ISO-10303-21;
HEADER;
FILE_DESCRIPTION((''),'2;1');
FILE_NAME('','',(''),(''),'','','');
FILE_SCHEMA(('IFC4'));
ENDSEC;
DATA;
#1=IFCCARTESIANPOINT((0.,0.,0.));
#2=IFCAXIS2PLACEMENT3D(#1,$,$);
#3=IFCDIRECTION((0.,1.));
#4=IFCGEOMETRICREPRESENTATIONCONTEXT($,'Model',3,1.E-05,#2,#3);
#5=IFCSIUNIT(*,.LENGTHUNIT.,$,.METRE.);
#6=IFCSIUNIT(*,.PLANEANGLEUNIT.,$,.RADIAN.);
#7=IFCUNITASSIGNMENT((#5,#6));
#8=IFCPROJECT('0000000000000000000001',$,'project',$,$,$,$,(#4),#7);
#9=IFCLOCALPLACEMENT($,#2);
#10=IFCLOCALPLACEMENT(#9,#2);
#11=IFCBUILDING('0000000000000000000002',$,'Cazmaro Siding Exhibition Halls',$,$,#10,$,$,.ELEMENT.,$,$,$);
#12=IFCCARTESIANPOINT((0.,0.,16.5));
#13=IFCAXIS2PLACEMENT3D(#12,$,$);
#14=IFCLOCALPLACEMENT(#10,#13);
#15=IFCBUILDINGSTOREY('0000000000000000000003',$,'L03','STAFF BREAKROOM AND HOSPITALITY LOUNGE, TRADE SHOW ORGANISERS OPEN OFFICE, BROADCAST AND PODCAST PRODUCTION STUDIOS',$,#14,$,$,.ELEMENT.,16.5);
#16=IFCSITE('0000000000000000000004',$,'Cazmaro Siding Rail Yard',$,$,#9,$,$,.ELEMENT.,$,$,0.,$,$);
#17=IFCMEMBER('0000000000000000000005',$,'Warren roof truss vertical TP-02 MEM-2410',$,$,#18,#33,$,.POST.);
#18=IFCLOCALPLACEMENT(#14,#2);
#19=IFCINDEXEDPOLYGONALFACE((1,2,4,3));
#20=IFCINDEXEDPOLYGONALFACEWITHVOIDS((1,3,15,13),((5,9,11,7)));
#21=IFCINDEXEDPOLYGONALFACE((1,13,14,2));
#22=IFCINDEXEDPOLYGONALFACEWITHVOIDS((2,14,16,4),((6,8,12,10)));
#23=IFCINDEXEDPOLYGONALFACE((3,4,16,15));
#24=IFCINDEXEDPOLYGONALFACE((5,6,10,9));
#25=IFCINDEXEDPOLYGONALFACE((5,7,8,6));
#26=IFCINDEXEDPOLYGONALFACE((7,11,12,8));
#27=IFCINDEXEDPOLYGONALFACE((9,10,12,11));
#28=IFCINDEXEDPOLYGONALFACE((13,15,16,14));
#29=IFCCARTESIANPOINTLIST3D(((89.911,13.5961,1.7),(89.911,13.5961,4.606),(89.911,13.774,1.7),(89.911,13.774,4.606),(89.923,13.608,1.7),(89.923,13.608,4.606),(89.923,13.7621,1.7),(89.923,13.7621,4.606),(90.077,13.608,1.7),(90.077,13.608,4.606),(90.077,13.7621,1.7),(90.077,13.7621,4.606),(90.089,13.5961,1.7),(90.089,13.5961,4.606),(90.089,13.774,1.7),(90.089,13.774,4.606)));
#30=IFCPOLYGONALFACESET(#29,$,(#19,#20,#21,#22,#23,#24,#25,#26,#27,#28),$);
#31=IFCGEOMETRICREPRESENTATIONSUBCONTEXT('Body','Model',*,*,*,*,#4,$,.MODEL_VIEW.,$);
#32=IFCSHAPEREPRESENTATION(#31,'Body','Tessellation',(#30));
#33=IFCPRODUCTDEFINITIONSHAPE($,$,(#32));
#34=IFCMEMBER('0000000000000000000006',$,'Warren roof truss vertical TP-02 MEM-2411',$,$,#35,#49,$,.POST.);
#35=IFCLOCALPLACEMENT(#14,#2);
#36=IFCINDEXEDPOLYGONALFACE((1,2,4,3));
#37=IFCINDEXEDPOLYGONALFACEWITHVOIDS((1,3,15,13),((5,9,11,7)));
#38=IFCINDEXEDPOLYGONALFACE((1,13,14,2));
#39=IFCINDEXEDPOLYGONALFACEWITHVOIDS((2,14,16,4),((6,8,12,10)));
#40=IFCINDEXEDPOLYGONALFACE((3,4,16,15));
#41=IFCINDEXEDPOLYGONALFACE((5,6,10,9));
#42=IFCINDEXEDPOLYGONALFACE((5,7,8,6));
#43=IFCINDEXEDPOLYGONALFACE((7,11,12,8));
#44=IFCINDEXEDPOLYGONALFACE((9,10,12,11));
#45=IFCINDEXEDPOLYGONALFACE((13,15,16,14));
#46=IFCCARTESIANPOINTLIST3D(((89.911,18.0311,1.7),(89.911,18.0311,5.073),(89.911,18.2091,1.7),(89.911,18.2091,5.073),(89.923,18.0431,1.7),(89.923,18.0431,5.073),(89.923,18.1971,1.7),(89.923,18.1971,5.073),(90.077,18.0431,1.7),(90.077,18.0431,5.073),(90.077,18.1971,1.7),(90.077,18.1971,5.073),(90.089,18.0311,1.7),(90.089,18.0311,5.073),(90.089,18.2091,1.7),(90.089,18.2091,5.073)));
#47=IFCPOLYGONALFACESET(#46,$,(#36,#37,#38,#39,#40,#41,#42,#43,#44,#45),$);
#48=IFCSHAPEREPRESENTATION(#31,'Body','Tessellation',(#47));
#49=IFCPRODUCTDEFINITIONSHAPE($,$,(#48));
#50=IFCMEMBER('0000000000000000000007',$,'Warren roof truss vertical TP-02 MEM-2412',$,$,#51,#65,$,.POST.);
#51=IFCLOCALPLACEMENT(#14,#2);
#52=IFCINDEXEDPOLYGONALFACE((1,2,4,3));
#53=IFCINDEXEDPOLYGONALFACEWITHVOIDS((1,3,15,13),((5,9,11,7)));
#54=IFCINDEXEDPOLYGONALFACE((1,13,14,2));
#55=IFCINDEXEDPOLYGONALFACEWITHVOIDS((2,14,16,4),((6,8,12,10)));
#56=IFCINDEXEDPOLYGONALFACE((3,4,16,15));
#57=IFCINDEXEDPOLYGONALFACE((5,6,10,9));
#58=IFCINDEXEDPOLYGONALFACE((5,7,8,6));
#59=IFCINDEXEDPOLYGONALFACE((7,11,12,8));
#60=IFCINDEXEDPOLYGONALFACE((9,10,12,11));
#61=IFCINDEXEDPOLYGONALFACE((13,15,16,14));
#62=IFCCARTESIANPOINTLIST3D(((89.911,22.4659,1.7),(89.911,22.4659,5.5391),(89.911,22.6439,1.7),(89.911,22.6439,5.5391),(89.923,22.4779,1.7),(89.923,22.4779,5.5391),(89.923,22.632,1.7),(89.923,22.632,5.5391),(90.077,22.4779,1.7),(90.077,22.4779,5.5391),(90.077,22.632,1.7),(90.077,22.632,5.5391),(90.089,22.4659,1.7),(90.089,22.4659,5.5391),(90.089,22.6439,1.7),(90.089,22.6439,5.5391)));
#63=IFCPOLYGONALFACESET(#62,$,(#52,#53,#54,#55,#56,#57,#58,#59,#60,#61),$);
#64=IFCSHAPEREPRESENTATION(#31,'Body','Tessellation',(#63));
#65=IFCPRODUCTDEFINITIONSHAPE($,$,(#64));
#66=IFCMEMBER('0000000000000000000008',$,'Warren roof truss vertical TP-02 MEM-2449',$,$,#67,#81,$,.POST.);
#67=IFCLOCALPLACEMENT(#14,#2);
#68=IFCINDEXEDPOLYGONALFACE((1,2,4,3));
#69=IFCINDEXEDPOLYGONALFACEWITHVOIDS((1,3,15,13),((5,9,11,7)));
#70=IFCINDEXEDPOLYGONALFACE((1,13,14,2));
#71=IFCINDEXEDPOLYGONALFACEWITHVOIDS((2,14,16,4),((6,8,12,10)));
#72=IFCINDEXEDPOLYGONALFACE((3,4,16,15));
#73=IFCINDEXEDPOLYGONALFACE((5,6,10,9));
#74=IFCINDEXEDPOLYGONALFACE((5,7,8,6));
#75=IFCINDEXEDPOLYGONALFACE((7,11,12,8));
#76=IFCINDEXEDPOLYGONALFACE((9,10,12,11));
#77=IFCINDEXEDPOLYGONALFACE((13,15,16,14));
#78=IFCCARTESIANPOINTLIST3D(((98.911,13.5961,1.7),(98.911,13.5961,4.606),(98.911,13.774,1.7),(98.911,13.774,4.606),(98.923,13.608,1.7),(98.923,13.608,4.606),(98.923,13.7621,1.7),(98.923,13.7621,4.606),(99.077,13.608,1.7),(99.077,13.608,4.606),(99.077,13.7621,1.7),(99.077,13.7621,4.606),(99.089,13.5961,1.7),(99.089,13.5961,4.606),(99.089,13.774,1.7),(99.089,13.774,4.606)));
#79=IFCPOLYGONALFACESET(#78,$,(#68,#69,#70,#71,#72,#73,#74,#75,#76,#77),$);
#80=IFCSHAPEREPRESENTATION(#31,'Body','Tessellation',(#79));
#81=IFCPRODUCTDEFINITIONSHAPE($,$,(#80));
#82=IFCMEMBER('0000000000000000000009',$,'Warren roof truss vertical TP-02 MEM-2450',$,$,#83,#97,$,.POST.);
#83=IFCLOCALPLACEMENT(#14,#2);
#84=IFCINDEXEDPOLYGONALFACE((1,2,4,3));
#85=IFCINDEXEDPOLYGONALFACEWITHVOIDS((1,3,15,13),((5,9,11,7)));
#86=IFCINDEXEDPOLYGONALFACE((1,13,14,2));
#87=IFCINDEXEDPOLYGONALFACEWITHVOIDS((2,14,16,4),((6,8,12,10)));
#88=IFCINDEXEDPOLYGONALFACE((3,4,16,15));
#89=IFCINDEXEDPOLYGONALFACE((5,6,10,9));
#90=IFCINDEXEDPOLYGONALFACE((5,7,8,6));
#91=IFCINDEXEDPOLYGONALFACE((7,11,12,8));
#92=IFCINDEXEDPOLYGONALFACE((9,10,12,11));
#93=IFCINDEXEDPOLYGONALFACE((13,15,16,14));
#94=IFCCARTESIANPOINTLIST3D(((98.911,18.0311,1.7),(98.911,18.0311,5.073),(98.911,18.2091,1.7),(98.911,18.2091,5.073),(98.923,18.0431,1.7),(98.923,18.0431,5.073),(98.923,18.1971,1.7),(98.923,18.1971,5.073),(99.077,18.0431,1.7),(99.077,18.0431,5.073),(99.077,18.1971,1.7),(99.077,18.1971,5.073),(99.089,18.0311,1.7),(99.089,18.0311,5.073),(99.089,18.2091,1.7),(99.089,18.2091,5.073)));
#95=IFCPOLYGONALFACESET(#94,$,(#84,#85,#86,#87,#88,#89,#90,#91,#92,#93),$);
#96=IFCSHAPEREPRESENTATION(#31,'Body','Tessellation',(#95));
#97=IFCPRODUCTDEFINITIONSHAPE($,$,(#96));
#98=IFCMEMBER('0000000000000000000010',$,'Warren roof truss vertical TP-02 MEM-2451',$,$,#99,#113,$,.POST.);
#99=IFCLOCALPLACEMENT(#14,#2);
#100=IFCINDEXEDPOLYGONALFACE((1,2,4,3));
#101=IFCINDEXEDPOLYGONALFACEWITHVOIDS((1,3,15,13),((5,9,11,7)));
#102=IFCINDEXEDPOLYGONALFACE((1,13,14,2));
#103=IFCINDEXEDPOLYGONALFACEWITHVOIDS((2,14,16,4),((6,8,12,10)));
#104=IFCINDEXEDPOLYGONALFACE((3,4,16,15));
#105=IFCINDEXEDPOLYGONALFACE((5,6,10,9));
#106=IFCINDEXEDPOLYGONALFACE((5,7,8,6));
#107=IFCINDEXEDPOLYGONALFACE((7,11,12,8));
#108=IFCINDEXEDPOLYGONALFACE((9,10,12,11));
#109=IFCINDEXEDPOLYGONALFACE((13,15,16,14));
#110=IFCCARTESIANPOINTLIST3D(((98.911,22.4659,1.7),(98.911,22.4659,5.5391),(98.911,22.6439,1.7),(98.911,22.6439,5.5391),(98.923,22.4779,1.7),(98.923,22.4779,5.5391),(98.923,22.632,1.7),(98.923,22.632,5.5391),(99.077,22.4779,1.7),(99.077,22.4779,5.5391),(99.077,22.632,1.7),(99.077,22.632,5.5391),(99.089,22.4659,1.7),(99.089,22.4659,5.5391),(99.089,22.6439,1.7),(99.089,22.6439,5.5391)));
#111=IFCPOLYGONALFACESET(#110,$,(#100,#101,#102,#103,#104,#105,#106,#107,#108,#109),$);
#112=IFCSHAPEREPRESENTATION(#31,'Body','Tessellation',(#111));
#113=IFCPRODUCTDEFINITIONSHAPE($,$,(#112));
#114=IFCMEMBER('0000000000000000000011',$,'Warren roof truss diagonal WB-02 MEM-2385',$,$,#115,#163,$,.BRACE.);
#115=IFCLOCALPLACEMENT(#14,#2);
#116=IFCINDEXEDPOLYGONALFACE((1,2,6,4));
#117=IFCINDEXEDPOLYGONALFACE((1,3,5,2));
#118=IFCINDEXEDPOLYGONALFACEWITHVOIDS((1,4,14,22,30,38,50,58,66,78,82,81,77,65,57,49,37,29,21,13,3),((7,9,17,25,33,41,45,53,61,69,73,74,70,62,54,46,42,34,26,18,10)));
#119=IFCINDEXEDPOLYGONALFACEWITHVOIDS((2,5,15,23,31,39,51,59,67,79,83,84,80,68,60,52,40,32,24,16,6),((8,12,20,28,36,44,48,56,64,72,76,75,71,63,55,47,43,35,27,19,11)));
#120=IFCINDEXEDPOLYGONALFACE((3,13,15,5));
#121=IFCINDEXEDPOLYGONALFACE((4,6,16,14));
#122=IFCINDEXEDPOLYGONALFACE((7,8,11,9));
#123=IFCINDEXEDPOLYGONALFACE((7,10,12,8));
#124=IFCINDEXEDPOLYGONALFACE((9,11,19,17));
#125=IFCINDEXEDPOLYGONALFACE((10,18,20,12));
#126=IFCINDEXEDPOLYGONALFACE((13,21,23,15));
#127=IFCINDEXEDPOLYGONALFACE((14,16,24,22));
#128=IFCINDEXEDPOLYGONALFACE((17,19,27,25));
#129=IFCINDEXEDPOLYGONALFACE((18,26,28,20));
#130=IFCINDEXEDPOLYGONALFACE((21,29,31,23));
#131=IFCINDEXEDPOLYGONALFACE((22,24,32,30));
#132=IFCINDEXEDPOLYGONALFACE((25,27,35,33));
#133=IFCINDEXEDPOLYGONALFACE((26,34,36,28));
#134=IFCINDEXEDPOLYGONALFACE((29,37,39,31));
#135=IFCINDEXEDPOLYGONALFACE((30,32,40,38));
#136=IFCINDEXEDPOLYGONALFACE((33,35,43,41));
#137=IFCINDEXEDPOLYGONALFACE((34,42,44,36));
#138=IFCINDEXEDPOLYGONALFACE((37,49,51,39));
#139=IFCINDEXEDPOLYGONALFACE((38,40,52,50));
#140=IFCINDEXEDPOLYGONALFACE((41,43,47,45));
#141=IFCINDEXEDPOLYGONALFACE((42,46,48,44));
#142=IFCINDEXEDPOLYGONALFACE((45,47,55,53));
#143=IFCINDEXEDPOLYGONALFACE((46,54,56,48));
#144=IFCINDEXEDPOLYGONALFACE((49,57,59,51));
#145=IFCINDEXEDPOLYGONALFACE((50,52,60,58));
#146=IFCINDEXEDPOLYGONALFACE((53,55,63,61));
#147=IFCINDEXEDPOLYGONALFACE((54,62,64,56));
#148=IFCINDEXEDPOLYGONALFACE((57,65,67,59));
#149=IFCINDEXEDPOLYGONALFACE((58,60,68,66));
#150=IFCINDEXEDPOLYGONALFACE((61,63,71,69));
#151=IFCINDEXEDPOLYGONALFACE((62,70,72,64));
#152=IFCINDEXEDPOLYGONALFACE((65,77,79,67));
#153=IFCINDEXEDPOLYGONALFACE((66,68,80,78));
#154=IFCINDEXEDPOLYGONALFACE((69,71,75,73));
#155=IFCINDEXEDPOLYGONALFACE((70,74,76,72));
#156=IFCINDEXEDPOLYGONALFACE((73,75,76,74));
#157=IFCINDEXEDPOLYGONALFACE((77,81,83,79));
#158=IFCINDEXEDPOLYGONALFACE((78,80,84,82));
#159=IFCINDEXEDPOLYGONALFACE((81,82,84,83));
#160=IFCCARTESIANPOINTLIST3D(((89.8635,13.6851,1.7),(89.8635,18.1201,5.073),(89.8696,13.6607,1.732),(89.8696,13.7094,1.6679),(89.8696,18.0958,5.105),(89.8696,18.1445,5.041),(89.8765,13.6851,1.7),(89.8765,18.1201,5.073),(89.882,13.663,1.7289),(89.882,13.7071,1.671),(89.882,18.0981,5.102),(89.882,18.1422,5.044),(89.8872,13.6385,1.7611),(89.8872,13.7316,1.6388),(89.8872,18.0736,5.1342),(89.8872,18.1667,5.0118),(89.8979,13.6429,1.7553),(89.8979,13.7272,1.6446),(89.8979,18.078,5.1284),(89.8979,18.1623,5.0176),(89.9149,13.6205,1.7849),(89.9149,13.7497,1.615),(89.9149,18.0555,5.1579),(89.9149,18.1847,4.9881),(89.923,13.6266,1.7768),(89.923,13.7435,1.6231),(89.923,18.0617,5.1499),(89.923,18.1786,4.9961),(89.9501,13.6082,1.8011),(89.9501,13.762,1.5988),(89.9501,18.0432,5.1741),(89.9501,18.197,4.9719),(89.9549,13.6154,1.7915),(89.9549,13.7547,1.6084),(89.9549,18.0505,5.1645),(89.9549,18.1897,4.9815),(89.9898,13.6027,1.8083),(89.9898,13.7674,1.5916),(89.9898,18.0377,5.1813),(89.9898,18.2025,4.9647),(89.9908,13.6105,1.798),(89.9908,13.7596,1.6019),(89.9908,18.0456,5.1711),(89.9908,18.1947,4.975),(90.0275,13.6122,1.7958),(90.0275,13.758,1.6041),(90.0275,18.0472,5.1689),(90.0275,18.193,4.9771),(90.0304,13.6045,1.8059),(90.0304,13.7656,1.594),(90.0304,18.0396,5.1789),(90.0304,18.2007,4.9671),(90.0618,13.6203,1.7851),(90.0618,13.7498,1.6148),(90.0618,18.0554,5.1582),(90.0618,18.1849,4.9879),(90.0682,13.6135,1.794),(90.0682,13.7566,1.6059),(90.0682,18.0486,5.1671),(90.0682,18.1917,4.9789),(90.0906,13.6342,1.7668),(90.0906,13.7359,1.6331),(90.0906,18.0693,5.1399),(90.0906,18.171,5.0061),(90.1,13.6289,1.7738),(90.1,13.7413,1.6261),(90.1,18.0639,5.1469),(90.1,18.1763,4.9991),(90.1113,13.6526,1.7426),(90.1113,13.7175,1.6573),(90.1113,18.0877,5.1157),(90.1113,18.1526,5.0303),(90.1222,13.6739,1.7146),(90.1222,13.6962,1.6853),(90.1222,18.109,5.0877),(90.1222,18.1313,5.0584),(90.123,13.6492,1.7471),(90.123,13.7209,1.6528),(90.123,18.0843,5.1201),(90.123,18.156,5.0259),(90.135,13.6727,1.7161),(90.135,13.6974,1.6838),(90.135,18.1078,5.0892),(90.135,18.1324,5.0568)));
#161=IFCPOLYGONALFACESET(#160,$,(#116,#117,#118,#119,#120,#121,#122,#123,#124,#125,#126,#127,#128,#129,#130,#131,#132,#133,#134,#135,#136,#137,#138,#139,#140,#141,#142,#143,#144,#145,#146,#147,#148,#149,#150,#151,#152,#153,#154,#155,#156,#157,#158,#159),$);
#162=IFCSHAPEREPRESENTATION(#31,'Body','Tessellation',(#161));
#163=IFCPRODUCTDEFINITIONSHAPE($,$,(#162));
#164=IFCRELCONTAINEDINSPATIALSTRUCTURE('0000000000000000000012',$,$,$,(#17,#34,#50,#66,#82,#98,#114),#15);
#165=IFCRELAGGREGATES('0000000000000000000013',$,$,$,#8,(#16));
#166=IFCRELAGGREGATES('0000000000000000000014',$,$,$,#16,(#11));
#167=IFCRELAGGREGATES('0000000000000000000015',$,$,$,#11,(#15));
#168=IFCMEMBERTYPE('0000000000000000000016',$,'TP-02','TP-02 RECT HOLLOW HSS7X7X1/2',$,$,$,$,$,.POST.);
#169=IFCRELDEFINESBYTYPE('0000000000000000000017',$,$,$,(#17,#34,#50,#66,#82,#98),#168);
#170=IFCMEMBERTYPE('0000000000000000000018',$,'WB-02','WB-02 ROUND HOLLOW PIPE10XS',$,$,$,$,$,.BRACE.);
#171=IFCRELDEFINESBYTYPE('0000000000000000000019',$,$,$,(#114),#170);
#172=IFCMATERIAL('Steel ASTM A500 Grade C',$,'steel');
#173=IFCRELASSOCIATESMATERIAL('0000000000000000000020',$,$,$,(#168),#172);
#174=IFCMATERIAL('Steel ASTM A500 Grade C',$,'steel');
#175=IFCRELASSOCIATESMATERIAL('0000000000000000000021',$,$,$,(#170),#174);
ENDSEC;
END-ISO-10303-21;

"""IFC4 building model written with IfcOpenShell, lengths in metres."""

from ifc_helpers import new_model, si_unit, direction, frame, origin, origin_2d, place, context, subcontext, project, spatial, hollow_rectangle, hollow_circle, extrude, material, material_profile, profile_set, type_object, element, save


model = new_model("IFC4")

# Units and contexts
model_context = context("Model", 3, precision=1e-05, world=origin(), true_north=direction((0.0, 1.0)))
body_context = subcontext(model_context, "Body", "Model", "MODEL_VIEW")
ifc_project = project(units=[si_unit("LENGTHUNIT", "METRE"), si_unit("PLANEANGLEUNIT", "RADIAN")], contexts=[model_context])

# Site, building, storey
site_placement = place(None, origin())
site = spatial("IfcSite", under=ifc_project, at=site_placement, Name="Cazmaro Siding Rail Yard", CompositionType="ELEMENT", RefElevation=0.0)
building_placement = place(site_placement, origin())
building = spatial("IfcBuilding", under=site, at=building_placement, Name="Cazmaro Siding Exhibition Halls", CompositionType="ELEMENT")
storey_placement = place(building_placement, frame((0.0, 0.0, 16.5)))
storey = spatial("IfcBuildingStorey", under=building, at=storey_placement, Name="L03", Description="STAFF BREAKROOM AND HOSPITALITY LOUNGE, TRADE SHOW ORGANISERS OPEN OFFICE, BROADCAST AND PODCAST PRODUCTION STUDIOS", CompositionType="ELEMENT", Elevation=16.5)

# Members
ifc_material_1 = material(Name="Steel ASTM A500 Grade C", Category="steel")
ifc_material_profile_1 = material_profile(ifc_material_1, hollow_rectangle(XDim=0.178, YDim=0.178, WallThickness=0.012, at=origin_2d()), Name="HSS7X7X1/2")
ifc_profile_set_1 = profile_set([ifc_material_profile_1], Name="Steel ASTM A500 Grade C")
member_type_1 = type_object("IfcMemberType", Name="TP-02", Description="TP-02 RECT HOLLOW HSS7X7X1/2", PredefinedType="POST", material=ifc_profile_set_1)
member_1_placement = place(storey_placement, frame((90.0, 13.6851, 1.7), z_axis=(0.0, 0.0, 1.0), x_axis=(1.0, 0.0, 0.0)))
element("IfcMember", 1, at=member_1_placement, inside=storey, type_object=member_type_1, Name="Warren roof truss vertical TP-02 MEM-2410", PredefinedType="POST", context=body_context, shape_type="SweptSolid", body=[
    extrude(hollow_rectangle(XDim=0.178, YDim=0.178, WallThickness=0.012, at=origin_2d()), origin(), (0.0, 0.0, 1.0), 2.906),
])
member_2_placement = place(storey_placement, frame((90.0, 18.1201, 1.7), z_axis=(0.0, 0.0, 1.0), x_axis=(1.0, 0.0, 0.0)))
element("IfcMember", 2, at=member_2_placement, inside=storey, type_object=member_type_1, Name="Warren roof truss vertical TP-02 MEM-2411", PredefinedType="POST", context=body_context, shape_type="SweptSolid", body=[
    extrude(hollow_rectangle(XDim=0.178, YDim=0.178, WallThickness=0.012, at=origin_2d()), origin(), (0.0, 0.0, 1.0), 3.373),
])
member_3_placement = place(storey_placement, frame((90.0, 22.5549, 1.7), z_axis=(0.0, 0.0, 1.0), x_axis=(1.0, 0.0, 0.0)))
element("IfcMember", 3, at=member_3_placement, inside=storey, type_object=member_type_1, Name="Warren roof truss vertical TP-02 MEM-2412", PredefinedType="POST", context=body_context, shape_type="SweptSolid", body=[
    extrude(hollow_rectangle(XDim=0.178, YDim=0.178, WallThickness=0.012, at=origin_2d()), origin(), (0.0, 0.0, 1.0), 3.8391),
])
member_4_placement = place(storey_placement, frame((99.0, 13.6851, 1.7), z_axis=(0.0, 0.0, 1.0), x_axis=(1.0, 0.0, 0.0)))
element("IfcMember", 4, at=member_4_placement, inside=storey, type_object=member_type_1, Name="Warren roof truss vertical TP-02 MEM-2449", PredefinedType="POST", context=body_context, shape_type="SweptSolid", body=[
    extrude(hollow_rectangle(XDim=0.178, YDim=0.178, WallThickness=0.012, at=origin_2d()), origin(), (0.0, 0.0, 1.0), 2.906),
])
member_5_placement = place(storey_placement, frame((99.0, 18.1201, 1.7), z_axis=(0.0, 0.0, 1.0), x_axis=(1.0, 0.0, 0.0)))
element("IfcMember", 5, at=member_5_placement, inside=storey, type_object=member_type_1, Name="Warren roof truss vertical TP-02 MEM-2450", PredefinedType="POST", context=body_context, shape_type="SweptSolid", body=[
    extrude(hollow_rectangle(XDim=0.178, YDim=0.178, WallThickness=0.012, at=origin_2d()), origin(), (0.0, 0.0, 1.0), 3.373),
])
member_6_placement = place(storey_placement, frame((99.0, 22.5549, 1.7), z_axis=(0.0, 0.0, 1.0), x_axis=(1.0, 0.0, 0.0)))
element("IfcMember", 6, at=member_6_placement, inside=storey, type_object=member_type_1, Name="Warren roof truss vertical TP-02 MEM-2451", PredefinedType="POST", context=body_context, shape_type="SweptSolid", body=[
    extrude(hollow_rectangle(XDim=0.178, YDim=0.178, WallThickness=0.012, at=origin_2d()), origin(), (0.0, 0.0, 1.0), 3.8391),
])
ifc_material_2 = material(Name="Steel ASTM A500 Grade C", Category="steel")
ifc_material_profile_2 = material_profile(ifc_material_2, hollow_circle(Radius=0.1365, WallThickness=0.0129, at=origin_2d()), Name="PIPE10XS")
ifc_profile_set_2 = profile_set([ifc_material_profile_2], Name="Steel ASTM A500 Grade C")
member_type_2 = type_object("IfcMemberType", Name="WB-02", Description="WB-02 ROUND HOLLOW PIPE10XS", PredefinedType="BRACE", material=ifc_profile_set_2)
member_7_placement = place(storey_placement, frame((90.0, 13.6851, 1.7), z_axis=(0.0, 0.795954, 0.605357), x_axis=(-1.0, 0.0, 0.0)))
element("IfcMember", 7, at=member_7_placement, inside=storey, type_object=member_type_2, Name="Warren roof truss diagonal WB-02 MEM-2385", PredefinedType="BRACE", context=body_context, shape_type="SweptSolid", body=[
    extrude(hollow_circle(Radius=0.1365, WallThickness=0.0129, at=origin_2d()), origin(), (0.0, 0.0, 1.0), 5.572),
])

save(model, "model.ifc")
